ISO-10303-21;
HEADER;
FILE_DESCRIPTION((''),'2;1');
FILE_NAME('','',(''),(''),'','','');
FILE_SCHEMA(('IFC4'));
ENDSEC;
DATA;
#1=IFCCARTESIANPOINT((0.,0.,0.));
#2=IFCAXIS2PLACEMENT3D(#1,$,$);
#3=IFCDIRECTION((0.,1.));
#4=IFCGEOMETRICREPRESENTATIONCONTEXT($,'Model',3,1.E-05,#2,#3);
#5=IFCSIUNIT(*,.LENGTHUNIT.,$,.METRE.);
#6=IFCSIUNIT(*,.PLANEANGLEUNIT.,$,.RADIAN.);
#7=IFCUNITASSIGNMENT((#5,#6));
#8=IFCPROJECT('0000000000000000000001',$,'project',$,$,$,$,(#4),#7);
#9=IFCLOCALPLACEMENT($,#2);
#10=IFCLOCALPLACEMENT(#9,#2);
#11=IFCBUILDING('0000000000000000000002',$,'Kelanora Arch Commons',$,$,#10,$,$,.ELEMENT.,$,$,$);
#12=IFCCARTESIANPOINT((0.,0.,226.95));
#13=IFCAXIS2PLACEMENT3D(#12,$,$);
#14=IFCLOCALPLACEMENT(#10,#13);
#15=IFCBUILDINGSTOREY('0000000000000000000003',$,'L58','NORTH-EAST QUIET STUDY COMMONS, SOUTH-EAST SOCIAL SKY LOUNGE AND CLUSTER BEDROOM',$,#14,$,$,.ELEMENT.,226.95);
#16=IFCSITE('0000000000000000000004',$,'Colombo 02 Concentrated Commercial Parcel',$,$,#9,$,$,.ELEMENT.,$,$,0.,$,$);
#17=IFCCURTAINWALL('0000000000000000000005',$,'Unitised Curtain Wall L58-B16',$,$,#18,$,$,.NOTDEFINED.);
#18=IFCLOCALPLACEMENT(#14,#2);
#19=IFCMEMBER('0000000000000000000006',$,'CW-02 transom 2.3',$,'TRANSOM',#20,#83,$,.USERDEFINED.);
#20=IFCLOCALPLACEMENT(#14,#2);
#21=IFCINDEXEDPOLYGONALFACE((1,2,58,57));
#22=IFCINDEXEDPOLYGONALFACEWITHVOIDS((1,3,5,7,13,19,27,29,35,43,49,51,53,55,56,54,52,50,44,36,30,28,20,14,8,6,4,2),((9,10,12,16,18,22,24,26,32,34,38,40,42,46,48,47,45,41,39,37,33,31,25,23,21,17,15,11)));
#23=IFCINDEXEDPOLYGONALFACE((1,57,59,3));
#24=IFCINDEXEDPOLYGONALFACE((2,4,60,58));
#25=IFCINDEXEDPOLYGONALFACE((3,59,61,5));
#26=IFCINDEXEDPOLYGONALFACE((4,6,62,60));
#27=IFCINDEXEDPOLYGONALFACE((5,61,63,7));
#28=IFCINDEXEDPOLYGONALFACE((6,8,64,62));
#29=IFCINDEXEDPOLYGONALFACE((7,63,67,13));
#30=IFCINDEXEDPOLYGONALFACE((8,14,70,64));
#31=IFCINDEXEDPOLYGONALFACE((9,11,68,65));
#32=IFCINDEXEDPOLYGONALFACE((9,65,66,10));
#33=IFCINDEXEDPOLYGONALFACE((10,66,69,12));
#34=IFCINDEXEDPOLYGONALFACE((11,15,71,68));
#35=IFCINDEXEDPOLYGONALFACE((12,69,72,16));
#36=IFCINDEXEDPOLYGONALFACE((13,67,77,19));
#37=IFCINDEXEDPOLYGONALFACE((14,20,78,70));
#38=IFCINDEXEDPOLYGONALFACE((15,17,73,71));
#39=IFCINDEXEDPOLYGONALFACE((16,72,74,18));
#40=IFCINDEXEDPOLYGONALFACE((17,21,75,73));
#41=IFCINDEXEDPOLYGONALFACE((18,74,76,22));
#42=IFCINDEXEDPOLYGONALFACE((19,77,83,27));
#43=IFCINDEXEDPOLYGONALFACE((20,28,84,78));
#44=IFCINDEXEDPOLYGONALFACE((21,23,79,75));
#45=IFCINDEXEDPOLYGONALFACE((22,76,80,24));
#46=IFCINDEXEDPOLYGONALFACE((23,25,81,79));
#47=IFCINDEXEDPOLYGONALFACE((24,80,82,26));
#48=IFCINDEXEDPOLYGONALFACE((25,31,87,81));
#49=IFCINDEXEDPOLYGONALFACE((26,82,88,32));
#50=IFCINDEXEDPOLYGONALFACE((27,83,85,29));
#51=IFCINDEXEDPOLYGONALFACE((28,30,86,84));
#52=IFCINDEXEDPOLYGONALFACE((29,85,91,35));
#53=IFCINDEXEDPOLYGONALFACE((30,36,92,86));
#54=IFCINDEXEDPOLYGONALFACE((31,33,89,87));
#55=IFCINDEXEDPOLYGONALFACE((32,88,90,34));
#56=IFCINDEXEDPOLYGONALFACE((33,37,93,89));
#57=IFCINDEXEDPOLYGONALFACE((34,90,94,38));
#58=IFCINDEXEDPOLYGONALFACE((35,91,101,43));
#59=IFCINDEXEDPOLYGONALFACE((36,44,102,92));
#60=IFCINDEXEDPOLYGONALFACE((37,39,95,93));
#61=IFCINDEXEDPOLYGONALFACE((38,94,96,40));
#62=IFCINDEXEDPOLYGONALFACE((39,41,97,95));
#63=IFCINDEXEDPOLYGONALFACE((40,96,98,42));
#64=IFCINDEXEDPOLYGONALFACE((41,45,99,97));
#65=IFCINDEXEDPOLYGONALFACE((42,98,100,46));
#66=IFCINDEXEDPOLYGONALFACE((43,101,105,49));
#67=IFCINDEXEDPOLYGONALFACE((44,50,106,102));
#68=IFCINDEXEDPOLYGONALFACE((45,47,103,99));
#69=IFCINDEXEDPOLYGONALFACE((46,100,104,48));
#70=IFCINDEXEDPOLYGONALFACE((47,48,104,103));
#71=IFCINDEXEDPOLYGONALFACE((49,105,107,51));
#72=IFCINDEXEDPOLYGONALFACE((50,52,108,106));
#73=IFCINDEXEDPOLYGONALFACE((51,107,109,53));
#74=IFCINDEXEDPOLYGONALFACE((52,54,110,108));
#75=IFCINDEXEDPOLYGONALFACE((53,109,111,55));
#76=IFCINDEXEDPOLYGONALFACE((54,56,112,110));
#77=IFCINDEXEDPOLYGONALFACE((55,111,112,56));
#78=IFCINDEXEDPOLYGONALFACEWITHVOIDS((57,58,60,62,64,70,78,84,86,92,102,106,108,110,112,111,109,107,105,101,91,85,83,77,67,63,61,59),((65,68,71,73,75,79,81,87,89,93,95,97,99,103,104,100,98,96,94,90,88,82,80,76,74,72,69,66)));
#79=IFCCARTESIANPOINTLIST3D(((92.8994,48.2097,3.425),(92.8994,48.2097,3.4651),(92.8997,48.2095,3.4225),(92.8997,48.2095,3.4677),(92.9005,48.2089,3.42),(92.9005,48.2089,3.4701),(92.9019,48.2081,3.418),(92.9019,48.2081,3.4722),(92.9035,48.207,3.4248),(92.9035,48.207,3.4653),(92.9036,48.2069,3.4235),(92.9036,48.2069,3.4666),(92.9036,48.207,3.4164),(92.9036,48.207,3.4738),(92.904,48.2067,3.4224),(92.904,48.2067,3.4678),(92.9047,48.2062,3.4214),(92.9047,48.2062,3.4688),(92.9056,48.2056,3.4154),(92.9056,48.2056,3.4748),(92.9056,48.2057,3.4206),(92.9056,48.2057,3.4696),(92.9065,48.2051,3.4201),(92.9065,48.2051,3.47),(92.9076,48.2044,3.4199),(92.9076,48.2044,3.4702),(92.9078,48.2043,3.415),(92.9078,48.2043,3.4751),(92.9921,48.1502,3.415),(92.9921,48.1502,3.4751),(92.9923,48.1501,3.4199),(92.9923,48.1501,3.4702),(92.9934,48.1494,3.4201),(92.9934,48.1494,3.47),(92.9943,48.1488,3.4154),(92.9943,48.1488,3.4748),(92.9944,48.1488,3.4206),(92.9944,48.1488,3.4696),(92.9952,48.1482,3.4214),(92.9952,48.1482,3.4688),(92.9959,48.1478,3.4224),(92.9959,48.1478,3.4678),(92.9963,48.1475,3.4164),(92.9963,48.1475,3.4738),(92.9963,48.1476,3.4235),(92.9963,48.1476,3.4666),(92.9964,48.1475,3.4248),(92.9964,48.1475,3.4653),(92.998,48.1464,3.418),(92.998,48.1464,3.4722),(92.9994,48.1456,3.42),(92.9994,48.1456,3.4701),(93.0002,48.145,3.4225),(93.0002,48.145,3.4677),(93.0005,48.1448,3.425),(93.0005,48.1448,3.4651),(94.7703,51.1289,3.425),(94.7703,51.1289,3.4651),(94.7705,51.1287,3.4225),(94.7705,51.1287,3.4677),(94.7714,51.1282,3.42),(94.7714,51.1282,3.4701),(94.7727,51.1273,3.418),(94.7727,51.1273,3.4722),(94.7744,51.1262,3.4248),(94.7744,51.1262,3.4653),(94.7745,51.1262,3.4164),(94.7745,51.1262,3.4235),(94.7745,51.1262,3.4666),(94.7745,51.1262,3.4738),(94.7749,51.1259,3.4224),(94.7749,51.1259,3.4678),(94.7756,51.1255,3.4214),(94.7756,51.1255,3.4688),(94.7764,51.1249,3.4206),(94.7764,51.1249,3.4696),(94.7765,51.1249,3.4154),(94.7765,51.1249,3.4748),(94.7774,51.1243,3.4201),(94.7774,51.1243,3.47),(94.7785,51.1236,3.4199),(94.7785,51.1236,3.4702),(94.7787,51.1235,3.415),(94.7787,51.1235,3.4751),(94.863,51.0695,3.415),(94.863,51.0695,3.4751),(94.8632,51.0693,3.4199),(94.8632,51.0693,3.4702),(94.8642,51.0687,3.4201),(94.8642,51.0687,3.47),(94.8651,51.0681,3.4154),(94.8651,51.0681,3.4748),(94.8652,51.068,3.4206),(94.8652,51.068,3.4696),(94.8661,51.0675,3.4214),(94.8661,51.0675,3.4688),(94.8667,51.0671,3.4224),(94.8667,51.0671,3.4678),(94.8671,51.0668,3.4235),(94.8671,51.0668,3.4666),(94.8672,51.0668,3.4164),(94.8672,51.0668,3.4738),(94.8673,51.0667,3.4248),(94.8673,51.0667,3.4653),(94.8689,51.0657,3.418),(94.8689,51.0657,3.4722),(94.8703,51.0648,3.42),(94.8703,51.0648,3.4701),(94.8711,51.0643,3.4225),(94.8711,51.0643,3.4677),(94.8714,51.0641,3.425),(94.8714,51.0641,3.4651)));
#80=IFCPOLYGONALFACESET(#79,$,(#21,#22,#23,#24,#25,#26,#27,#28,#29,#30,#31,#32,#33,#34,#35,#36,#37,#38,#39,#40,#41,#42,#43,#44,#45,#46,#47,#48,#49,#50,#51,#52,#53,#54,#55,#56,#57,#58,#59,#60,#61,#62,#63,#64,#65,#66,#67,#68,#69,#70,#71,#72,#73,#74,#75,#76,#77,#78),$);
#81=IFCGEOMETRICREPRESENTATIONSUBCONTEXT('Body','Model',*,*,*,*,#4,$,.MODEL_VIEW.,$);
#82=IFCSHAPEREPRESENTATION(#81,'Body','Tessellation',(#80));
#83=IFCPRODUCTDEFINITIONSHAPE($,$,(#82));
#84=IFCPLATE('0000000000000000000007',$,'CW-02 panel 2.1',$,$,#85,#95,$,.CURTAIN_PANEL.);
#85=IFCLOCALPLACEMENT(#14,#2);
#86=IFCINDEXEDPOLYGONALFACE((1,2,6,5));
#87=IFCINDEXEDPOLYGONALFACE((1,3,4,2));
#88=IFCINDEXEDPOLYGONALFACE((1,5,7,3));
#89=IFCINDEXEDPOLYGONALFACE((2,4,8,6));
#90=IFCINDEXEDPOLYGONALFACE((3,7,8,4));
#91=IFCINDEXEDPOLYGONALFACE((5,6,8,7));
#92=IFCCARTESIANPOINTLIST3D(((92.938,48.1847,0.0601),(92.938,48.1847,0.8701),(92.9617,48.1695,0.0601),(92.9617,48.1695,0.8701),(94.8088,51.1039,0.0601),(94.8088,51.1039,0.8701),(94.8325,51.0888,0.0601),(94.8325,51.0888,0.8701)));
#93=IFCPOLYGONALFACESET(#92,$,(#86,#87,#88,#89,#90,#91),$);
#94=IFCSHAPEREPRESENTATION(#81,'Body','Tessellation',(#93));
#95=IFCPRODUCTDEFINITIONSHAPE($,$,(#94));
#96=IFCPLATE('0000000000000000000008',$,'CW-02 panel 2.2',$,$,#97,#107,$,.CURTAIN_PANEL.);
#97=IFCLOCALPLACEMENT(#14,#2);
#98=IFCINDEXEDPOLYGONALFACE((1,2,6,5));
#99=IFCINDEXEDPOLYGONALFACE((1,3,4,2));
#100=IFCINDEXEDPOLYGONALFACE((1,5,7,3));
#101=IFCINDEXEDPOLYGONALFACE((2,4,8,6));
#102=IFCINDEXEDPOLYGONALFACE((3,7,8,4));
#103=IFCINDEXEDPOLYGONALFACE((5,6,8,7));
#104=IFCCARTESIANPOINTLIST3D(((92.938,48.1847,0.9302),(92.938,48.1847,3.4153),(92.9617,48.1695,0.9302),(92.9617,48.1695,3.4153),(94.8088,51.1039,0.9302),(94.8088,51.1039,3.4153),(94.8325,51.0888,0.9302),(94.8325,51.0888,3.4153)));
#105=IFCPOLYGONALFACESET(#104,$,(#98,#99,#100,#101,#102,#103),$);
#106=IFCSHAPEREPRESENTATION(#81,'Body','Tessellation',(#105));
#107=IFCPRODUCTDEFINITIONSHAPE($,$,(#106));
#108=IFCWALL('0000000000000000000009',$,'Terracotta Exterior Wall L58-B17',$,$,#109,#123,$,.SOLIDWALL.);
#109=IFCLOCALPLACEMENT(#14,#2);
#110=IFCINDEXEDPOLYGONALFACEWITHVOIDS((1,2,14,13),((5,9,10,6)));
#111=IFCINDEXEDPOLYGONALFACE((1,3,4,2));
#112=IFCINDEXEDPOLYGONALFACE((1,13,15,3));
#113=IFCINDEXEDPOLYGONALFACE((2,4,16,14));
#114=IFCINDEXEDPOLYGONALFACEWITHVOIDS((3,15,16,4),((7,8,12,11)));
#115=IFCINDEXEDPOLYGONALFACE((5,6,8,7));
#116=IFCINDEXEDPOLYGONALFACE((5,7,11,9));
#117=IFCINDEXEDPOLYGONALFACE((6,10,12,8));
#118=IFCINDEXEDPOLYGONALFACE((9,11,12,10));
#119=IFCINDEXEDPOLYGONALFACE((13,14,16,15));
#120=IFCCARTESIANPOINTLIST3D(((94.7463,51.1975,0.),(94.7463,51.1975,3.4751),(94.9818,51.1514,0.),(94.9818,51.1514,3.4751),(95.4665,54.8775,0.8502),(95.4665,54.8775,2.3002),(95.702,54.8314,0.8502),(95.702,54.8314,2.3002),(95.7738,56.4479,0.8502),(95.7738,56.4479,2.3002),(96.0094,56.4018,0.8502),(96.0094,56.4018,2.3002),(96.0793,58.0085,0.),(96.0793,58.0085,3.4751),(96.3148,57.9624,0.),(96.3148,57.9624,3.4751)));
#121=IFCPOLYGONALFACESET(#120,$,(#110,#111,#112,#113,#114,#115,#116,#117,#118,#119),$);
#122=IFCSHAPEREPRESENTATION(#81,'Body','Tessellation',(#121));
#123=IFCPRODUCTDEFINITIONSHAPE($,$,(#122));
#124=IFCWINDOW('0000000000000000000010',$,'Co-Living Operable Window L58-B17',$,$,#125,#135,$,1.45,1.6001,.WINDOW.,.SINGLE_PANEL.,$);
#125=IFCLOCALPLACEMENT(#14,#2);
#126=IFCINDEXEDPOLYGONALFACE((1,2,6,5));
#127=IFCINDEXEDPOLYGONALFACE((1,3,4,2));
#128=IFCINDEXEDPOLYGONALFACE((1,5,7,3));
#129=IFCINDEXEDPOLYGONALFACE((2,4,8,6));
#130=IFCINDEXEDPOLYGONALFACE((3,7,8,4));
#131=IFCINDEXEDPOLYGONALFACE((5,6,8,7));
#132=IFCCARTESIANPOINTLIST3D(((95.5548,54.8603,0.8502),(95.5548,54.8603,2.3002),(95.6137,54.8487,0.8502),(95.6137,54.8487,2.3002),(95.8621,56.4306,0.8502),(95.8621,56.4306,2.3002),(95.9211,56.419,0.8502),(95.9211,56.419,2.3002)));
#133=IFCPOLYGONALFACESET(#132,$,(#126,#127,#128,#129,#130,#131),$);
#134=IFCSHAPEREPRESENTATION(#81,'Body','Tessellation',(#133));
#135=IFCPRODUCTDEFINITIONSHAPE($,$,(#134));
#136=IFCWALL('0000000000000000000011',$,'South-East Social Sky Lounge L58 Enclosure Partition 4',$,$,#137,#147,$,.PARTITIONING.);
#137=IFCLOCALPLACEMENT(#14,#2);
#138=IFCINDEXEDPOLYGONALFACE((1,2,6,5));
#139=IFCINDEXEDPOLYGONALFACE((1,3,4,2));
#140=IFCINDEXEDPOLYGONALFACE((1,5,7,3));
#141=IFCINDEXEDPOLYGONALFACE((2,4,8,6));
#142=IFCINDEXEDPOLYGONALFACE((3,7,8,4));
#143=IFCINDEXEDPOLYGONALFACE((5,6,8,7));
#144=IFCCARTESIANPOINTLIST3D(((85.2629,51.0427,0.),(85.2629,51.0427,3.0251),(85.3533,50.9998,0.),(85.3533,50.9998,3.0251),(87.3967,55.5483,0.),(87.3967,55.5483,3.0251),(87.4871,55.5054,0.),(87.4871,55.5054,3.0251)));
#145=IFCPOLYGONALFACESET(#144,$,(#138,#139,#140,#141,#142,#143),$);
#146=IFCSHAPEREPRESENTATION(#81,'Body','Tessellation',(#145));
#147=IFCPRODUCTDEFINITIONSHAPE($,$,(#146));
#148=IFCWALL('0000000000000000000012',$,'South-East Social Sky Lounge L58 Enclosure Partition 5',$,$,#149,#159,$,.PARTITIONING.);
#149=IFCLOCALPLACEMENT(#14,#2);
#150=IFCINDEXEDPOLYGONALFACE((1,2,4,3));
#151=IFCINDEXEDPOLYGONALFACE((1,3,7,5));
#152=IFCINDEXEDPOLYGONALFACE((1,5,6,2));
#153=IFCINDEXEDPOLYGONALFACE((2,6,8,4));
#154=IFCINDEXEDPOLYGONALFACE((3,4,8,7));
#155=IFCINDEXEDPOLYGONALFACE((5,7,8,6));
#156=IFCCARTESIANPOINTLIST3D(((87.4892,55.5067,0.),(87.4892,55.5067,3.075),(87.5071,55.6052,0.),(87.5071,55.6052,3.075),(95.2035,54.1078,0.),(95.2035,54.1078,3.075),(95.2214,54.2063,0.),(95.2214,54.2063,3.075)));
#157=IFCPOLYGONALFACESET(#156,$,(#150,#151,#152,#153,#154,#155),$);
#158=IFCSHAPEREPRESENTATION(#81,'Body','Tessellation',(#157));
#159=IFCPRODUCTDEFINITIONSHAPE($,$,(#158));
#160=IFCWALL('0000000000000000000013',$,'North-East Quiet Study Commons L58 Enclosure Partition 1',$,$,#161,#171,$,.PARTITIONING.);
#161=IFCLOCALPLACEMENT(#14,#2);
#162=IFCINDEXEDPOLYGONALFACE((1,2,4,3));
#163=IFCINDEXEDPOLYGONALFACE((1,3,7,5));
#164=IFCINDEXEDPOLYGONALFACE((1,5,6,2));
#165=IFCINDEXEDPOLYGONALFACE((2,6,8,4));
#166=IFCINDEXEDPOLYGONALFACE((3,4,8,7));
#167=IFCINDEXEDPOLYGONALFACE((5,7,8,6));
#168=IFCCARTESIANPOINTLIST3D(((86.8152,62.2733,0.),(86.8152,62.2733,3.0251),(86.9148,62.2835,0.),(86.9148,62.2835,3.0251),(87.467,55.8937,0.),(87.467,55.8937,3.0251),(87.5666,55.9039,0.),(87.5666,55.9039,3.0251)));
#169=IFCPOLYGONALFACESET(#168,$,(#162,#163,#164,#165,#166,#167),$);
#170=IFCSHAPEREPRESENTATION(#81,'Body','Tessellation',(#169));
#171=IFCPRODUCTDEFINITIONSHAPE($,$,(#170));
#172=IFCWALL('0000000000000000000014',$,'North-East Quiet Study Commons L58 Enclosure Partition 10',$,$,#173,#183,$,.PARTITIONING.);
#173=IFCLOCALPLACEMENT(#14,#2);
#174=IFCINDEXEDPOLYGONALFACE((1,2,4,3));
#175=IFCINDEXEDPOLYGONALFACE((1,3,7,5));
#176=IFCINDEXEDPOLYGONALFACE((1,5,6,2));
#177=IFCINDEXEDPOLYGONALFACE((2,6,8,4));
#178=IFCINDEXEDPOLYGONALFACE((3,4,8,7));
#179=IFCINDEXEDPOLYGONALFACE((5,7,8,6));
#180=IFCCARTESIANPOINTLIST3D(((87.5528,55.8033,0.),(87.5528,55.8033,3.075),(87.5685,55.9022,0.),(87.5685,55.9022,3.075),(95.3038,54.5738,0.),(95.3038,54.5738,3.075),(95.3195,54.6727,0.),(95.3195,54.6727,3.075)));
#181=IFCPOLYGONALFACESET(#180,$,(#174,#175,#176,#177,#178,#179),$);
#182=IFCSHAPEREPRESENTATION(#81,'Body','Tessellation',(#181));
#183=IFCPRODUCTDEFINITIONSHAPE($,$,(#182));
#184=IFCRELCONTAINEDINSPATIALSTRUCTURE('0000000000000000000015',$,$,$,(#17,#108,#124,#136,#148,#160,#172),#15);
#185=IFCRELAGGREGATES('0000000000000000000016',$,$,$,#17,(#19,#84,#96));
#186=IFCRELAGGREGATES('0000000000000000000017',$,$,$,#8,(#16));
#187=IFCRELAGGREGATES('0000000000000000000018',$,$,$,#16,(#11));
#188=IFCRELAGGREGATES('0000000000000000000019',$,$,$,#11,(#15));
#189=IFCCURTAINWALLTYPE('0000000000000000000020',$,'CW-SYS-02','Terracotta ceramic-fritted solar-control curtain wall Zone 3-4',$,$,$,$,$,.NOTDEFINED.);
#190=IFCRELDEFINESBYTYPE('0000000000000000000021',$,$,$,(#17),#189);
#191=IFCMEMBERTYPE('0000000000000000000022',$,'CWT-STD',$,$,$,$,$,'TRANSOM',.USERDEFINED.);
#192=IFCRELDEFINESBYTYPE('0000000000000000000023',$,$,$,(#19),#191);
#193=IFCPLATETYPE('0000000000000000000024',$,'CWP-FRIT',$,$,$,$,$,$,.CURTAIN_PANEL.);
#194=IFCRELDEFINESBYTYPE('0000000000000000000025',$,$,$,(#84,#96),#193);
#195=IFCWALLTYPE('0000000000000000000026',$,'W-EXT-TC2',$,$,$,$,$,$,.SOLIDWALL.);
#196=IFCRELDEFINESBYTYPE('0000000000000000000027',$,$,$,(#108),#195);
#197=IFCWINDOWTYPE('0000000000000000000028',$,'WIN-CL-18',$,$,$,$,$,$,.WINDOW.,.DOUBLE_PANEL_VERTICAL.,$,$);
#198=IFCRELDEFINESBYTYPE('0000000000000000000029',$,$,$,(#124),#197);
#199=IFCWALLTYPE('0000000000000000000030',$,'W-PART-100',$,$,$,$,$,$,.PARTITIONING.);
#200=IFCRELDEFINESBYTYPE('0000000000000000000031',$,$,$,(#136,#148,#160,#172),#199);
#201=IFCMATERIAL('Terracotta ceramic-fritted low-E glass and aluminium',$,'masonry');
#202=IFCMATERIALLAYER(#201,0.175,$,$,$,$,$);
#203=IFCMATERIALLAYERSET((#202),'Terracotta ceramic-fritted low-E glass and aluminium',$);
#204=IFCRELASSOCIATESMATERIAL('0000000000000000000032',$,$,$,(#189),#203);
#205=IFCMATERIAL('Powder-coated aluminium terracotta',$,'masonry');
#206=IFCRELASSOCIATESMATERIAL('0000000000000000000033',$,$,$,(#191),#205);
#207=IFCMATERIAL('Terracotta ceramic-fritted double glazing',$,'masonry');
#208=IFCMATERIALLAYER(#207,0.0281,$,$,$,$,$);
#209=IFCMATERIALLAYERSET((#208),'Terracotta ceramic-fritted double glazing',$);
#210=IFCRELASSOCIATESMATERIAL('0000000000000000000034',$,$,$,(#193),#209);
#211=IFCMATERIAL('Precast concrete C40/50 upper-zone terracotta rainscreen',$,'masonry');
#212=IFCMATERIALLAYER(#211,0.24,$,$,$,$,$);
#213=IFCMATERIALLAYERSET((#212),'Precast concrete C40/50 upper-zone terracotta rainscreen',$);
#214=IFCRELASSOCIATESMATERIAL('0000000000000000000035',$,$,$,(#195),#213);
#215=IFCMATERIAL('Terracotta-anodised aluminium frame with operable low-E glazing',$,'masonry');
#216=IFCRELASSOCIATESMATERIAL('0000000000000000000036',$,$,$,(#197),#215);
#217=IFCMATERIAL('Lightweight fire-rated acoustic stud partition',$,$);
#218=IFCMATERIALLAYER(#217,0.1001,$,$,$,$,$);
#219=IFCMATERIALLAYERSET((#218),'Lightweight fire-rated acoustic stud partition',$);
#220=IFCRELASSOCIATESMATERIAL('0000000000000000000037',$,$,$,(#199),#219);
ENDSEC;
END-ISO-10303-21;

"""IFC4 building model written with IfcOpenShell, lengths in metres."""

from ifc_helpers import new_model, si_unit, direction, frame, frame_2d, origin, origin_2d, place, context, subcontext, project, spatial, rectangle, hollow_rectangle, extrude, source, transform, mapped, material, layer, layer_set, material_profile, profile_set, type_object, element, fill, aggregate, save


model = new_model("IFC4")

# Units and contexts
model_context = context("Model", 3, precision=1e-05, world=origin(), true_north=direction((0.0, 1.0)))
body_context = subcontext(model_context, "Body", "Model", "MODEL_VIEW")
ifc_project = project(units=[si_unit("LENGTHUNIT", "METRE"), si_unit("PLANEANGLEUNIT", "RADIAN")], contexts=[model_context])

# Site, building, storey
site_placement = place(None, origin())
site = spatial("IfcSite", under=ifc_project, at=site_placement, Name="Colombo 02 Concentrated Commercial Parcel", CompositionType="ELEMENT", RefElevation=0.0)
building_placement = place(site_placement, origin())
building = spatial("IfcBuilding", under=site, at=building_placement, Name="Kelanora Arch Commons", CompositionType="ELEMENT")
storey_placement = place(building_placement, frame((0.0, 0.0, 226.95)))
storey = spatial("IfcBuildingStorey", under=building, at=storey_placement, Name="L58", Description="NORTH-EAST QUIET STUDY COMMONS, SOUTH-EAST SOCIAL SKY LOUNGE AND CLUSTER BEDROOM", CompositionType="ELEMENT", Elevation=226.95)

# Curtain wall, member, plates
ifc_material_1 = material(Name="Terracotta ceramic-fritted low-E glass and aluminium", Category="masonry")
ifc_layer_1 = layer(ifc_material_1, 0.175)
ifc_layer_set_1 = layer_set([ifc_layer_1], Name="Terracotta ceramic-fritted low-E glass and aluminium")
curtain_wall_type = type_object("IfcCurtainWallType", Name="CW-SYS-02", Description="Terracotta ceramic-fritted solar-control curtain wall Zone 3-4", PredefinedType="NOTDEFINED", material=ifc_layer_set_1)
curtain_wall_placement = place(storey_placement, origin())
curtain_wall = element("IfcCurtainWall", 1, at=curtain_wall_placement, inside=storey, type_object=curtain_wall_type, Name="Unitised Curtain Wall L58-B16", PredefinedType="NOTDEFINED")
ifc_material_2 = material(Name="Powder-coated aluminium terracotta", Category="masonry")
ifc_material_profile_1 = material_profile(ifc_material_2, hollow_rectangle(XDim=0.1201, YDim=0.0601, WallThickness=0.0049, InnerFilletRadius=0.0049, OuterFilletRadius=0.01, at=origin_2d()), Name="CWT120x60")
ifc_profile_set_1 = profile_set([ifc_material_profile_1], Name="Powder-coated aluminium terracotta")
member_type_1 = type_object("IfcMemberType", Name="CWT-STD", ElementType="TRANSOM", PredefinedType="USERDEFINED", material=ifc_profile_set_1)
member_1_placement = place(storey_placement, frame((92.95, 48.1772, 3.4451), z_axis=(0.539579, 0.841935, 0.0), x_axis=(-0.841935, 0.539579, 0.0)))
member_1 = element("IfcMember", 2, at=member_1_placement, type_object=member_type_1, Name="CW-02 transom 2.3", ObjectType="TRANSOM", PredefinedType="USERDEFINED", context=body_context, shape_type="SweptSolid", body=[
    extrude(hollow_rectangle(XDim=0.1201, YDim=0.0601, WallThickness=0.0049, InnerFilletRadius=0.0049, OuterFilletRadius=0.01, at=origin_2d()), origin(), (0.0, 0.0, 1.0), 3.4673),
])
ifc_material_3 = material(Name="Terracotta ceramic-fritted double glazing", Category="masonry")
ifc_layer_2 = layer(ifc_material_3, 0.0281)
ifc_layer_set_2 = layer_set([ifc_layer_2], Name="Terracotta ceramic-fritted double glazing")
plate_type = type_object("IfcPlateType", Name="CWP-FRIT", PredefinedType="CURTAIN_PANEL", material=ifc_layer_set_2)
shared_shape_1 = source(origin(), body_context, "Body", "SweptSolid", [
    extrude(rectangle(XDim=3.4673, YDim=0.0281, at=origin_2d()), origin(), (0.0, 0.0, 1.0), 0.8101),
])
plate_1_placement = place(storey_placement, frame((93.8853, 49.6367, 0.0601), z_axis=(0.0, 0.0, 1.0), x_axis=(0.539559, 0.841948, 0.0)))
plate_1 = element("IfcPlate", 3, at=plate_1_placement, type_object=plate_type, Name="CW-02 panel 2.1", PredefinedType="CURTAIN_PANEL", context=body_context, shape_type="MappedRepresentation", body=[
    mapped(shared_shape_1, transform((0.0, 0.0, 0.0), scale=1.0)),
])
shared_shape_2 = source(origin(), body_context, "Body", "SweptSolid", [
    extrude(rectangle(XDim=3.4673, YDim=0.0281, at=origin_2d()), origin(), (0.0, 0.0, 1.0), 2.4851),
])
plate_2_placement = place(storey_placement, frame((93.8853, 49.6367, 0.9302), z_axis=(0.0, 0.0, 1.0), x_axis=(0.539559, 0.841948, 0.0)))
plate_2 = element("IfcPlate", 4, at=plate_2_placement, type_object=plate_type, Name="CW-02 panel 2.2", PredefinedType="CURTAIN_PANEL", context=body_context, shape_type="MappedRepresentation", body=[
    mapped(shared_shape_2, transform((0.0, 0.0, 0.0), scale=1.0)),
])
aggregate(curtain_wall, [member_1, plate_1, plate_2])

# Wall, opening, window
ifc_material_4 = material(Name="Precast concrete C40/50 upper-zone terracotta rainscreen", Category="masonry")
ifc_layer_3 = layer(ifc_material_4, 0.24)
ifc_layer_set_3 = layer_set([ifc_layer_3], Name="Precast concrete C40/50 upper-zone terracotta rainscreen")
wall_type_1 = type_object("IfcWallType", Name="W-EXT-TC2", PredefinedType="SOLIDWALL", material=ifc_layer_set_3)
wall_1_placement = place(storey_placement, frame((94.864, 51.1743, 0.0), z_axis=(0.0, 0.0, 1.0), x_axis=(0.192069, 0.981381, 0.0)))
wall_1 = element("IfcWall", 5, at=wall_1_placement, inside=storey, type_object=wall_type_1, Name="Terracotta Exterior Wall L58-B17", PredefinedType="SOLIDWALL", context=body_context, shape_type="SweptSolid", body=[
    extrude(rectangle(XDim=6.9402, YDim=0.24, at=frame_2d((3.4702, 0.0))), origin(), (0.0, 0.0, 1.0), 3.4751),
])
opening_placement = place(wall_1_placement, frame((3.75, 0.0, 0.8501)))
opening = element("IfcOpeningElement", 6, at=opening_placement, cuts=wall_1, PredefinedType="OPENING", context=body_context, shape_type="SweptSolid", body=[
    extrude(rectangle(XDim=1.6001, YDim=1.45, at=frame_2d((0.8, 0.7251))), frame((0.0, 0.1299, 0.0), z_axis=(0.0, -1.0, 0.0), x_axis=(1.0, 0.0, 0.0)), (0.0, 0.0, 1.0), 0.26),
])
ifc_material_5 = material(Name="Terracotta-anodised aluminium frame with operable low-E glazing", Category="masonry")
window_type = type_object("IfcWindowType", Name="WIN-CL-18", PartitioningType="DOUBLE_PANEL_VERTICAL", PredefinedType="WINDOW", material=ifc_material_5)
window_placement = place(opening_placement, origin())
window = element("IfcWindow", 7, at=window_placement, inside=storey, type_object=window_type, Name="Co-Living Operable Window L58-B17", OverallHeight=1.45, OverallWidth=1.6001, PartitioningType="SINGLE_PANEL", PredefinedType="WINDOW", context=body_context, shape_type="SweptSolid", body=[
    extrude(rectangle(XDim=1.6001, YDim=1.45, at=frame_2d((0.8, 0.7251))), frame((0.0, 0.03, 0.0), z_axis=(0.0, -1.0, 0.0), x_axis=(1.0, 0.0, 0.0)), (0.0, 0.0, 1.0), 0.0601),
])
fill(opening, window)

# Walls
ifc_material_6 = material(Name="Lightweight fire-rated acoustic stud partition")
ifc_layer_4 = layer(ifc_material_6, 0.1001)
ifc_layer_set_4 = layer_set([ifc_layer_4], Name="Lightweight fire-rated acoustic stud partition")
wall_type_2 = type_object("IfcWallType", Name="W-PART-100", PredefinedType="PARTITIONING", material=ifc_layer_set_4)
wall_2_placement = place(storey_placement, frame((85.3081, 51.0212, 0.0), z_axis=(0.0, 0.0, 1.0), x_axis=(0.428013, 0.903773, 0.0)))
element("IfcWall", 8, at=wall_2_placement, inside=storey, type_object=wall_type_2, Name="South-East Social Sky Lounge L58 Enclosure Partition 4", PredefinedType="PARTITIONING", context=body_context, shape_type="SweptSolid", body=[
    extrude(rectangle(XDim=4.9854, YDim=0.1001, at=frame_2d((2.4927, 0.0))), origin(), (0.0, 0.0, 1.0), 3.0251),
])
wall_3_placement = place(storey_placement, frame((87.4983, 55.5559, 0.0), z_axis=(0.0, 0.0, 1.0), x_axis=(0.983953, -0.178431, 0.0)))
element("IfcWall", 9, at=wall_3_placement, inside=storey, type_object=wall_type_2, Name="South-East Social Sky Lounge L58 Enclosure Partition 5", PredefinedType="PARTITIONING", context=body_context, shape_type="SweptSolid", body=[
    extrude(rectangle(XDim=7.8401, YDim=0.1001, at=frame_2d((3.9199, 0.0))), origin(), (0.0, 0.0, 1.0), 3.075),
])
wall_4_placement = place(storey_placement, frame((87.5168, 55.8987, 0.0), z_axis=(0.0, 0.0, 1.0), x_axis=(-0.101648, 0.99482, 0.0)))
element("IfcWall", 10, at=wall_4_placement, inside=storey, type_object=wall_type_2, Name="North-East Quiet Study Commons L58 Enclosure Partition 1", PredefinedType="PARTITIONING", context=body_context, shape_type="SweptSolid", body=[
    extrude(rectangle(XDim=6.4128, YDim=0.1001, at=frame_2d((3.2065, 0.0))), origin(), (0.0, 0.0, 1.0), 3.0251),
])
wall_5_placement = place(storey_placement, frame((95.3115, 54.6233, 0.0), z_axis=(0.0, 0.0, 1.0), x_axis=(-0.987652, 0.156665, 0.0)))
element("IfcWall", 11, at=wall_5_placement, inside=storey, type_object=wall_type_2, Name="North-East Quiet Study Commons L58 Enclosure Partition 10", PredefinedType="PARTITIONING", context=body_context, shape_type="SweptSolid", body=[
    extrude(rectangle(XDim=7.8479, YDim=0.1001, at=frame_2d((3.9238, 0.0))), origin(), (0.0, 0.0, 1.0), 3.075),
])

save(model, "model.ifc")
